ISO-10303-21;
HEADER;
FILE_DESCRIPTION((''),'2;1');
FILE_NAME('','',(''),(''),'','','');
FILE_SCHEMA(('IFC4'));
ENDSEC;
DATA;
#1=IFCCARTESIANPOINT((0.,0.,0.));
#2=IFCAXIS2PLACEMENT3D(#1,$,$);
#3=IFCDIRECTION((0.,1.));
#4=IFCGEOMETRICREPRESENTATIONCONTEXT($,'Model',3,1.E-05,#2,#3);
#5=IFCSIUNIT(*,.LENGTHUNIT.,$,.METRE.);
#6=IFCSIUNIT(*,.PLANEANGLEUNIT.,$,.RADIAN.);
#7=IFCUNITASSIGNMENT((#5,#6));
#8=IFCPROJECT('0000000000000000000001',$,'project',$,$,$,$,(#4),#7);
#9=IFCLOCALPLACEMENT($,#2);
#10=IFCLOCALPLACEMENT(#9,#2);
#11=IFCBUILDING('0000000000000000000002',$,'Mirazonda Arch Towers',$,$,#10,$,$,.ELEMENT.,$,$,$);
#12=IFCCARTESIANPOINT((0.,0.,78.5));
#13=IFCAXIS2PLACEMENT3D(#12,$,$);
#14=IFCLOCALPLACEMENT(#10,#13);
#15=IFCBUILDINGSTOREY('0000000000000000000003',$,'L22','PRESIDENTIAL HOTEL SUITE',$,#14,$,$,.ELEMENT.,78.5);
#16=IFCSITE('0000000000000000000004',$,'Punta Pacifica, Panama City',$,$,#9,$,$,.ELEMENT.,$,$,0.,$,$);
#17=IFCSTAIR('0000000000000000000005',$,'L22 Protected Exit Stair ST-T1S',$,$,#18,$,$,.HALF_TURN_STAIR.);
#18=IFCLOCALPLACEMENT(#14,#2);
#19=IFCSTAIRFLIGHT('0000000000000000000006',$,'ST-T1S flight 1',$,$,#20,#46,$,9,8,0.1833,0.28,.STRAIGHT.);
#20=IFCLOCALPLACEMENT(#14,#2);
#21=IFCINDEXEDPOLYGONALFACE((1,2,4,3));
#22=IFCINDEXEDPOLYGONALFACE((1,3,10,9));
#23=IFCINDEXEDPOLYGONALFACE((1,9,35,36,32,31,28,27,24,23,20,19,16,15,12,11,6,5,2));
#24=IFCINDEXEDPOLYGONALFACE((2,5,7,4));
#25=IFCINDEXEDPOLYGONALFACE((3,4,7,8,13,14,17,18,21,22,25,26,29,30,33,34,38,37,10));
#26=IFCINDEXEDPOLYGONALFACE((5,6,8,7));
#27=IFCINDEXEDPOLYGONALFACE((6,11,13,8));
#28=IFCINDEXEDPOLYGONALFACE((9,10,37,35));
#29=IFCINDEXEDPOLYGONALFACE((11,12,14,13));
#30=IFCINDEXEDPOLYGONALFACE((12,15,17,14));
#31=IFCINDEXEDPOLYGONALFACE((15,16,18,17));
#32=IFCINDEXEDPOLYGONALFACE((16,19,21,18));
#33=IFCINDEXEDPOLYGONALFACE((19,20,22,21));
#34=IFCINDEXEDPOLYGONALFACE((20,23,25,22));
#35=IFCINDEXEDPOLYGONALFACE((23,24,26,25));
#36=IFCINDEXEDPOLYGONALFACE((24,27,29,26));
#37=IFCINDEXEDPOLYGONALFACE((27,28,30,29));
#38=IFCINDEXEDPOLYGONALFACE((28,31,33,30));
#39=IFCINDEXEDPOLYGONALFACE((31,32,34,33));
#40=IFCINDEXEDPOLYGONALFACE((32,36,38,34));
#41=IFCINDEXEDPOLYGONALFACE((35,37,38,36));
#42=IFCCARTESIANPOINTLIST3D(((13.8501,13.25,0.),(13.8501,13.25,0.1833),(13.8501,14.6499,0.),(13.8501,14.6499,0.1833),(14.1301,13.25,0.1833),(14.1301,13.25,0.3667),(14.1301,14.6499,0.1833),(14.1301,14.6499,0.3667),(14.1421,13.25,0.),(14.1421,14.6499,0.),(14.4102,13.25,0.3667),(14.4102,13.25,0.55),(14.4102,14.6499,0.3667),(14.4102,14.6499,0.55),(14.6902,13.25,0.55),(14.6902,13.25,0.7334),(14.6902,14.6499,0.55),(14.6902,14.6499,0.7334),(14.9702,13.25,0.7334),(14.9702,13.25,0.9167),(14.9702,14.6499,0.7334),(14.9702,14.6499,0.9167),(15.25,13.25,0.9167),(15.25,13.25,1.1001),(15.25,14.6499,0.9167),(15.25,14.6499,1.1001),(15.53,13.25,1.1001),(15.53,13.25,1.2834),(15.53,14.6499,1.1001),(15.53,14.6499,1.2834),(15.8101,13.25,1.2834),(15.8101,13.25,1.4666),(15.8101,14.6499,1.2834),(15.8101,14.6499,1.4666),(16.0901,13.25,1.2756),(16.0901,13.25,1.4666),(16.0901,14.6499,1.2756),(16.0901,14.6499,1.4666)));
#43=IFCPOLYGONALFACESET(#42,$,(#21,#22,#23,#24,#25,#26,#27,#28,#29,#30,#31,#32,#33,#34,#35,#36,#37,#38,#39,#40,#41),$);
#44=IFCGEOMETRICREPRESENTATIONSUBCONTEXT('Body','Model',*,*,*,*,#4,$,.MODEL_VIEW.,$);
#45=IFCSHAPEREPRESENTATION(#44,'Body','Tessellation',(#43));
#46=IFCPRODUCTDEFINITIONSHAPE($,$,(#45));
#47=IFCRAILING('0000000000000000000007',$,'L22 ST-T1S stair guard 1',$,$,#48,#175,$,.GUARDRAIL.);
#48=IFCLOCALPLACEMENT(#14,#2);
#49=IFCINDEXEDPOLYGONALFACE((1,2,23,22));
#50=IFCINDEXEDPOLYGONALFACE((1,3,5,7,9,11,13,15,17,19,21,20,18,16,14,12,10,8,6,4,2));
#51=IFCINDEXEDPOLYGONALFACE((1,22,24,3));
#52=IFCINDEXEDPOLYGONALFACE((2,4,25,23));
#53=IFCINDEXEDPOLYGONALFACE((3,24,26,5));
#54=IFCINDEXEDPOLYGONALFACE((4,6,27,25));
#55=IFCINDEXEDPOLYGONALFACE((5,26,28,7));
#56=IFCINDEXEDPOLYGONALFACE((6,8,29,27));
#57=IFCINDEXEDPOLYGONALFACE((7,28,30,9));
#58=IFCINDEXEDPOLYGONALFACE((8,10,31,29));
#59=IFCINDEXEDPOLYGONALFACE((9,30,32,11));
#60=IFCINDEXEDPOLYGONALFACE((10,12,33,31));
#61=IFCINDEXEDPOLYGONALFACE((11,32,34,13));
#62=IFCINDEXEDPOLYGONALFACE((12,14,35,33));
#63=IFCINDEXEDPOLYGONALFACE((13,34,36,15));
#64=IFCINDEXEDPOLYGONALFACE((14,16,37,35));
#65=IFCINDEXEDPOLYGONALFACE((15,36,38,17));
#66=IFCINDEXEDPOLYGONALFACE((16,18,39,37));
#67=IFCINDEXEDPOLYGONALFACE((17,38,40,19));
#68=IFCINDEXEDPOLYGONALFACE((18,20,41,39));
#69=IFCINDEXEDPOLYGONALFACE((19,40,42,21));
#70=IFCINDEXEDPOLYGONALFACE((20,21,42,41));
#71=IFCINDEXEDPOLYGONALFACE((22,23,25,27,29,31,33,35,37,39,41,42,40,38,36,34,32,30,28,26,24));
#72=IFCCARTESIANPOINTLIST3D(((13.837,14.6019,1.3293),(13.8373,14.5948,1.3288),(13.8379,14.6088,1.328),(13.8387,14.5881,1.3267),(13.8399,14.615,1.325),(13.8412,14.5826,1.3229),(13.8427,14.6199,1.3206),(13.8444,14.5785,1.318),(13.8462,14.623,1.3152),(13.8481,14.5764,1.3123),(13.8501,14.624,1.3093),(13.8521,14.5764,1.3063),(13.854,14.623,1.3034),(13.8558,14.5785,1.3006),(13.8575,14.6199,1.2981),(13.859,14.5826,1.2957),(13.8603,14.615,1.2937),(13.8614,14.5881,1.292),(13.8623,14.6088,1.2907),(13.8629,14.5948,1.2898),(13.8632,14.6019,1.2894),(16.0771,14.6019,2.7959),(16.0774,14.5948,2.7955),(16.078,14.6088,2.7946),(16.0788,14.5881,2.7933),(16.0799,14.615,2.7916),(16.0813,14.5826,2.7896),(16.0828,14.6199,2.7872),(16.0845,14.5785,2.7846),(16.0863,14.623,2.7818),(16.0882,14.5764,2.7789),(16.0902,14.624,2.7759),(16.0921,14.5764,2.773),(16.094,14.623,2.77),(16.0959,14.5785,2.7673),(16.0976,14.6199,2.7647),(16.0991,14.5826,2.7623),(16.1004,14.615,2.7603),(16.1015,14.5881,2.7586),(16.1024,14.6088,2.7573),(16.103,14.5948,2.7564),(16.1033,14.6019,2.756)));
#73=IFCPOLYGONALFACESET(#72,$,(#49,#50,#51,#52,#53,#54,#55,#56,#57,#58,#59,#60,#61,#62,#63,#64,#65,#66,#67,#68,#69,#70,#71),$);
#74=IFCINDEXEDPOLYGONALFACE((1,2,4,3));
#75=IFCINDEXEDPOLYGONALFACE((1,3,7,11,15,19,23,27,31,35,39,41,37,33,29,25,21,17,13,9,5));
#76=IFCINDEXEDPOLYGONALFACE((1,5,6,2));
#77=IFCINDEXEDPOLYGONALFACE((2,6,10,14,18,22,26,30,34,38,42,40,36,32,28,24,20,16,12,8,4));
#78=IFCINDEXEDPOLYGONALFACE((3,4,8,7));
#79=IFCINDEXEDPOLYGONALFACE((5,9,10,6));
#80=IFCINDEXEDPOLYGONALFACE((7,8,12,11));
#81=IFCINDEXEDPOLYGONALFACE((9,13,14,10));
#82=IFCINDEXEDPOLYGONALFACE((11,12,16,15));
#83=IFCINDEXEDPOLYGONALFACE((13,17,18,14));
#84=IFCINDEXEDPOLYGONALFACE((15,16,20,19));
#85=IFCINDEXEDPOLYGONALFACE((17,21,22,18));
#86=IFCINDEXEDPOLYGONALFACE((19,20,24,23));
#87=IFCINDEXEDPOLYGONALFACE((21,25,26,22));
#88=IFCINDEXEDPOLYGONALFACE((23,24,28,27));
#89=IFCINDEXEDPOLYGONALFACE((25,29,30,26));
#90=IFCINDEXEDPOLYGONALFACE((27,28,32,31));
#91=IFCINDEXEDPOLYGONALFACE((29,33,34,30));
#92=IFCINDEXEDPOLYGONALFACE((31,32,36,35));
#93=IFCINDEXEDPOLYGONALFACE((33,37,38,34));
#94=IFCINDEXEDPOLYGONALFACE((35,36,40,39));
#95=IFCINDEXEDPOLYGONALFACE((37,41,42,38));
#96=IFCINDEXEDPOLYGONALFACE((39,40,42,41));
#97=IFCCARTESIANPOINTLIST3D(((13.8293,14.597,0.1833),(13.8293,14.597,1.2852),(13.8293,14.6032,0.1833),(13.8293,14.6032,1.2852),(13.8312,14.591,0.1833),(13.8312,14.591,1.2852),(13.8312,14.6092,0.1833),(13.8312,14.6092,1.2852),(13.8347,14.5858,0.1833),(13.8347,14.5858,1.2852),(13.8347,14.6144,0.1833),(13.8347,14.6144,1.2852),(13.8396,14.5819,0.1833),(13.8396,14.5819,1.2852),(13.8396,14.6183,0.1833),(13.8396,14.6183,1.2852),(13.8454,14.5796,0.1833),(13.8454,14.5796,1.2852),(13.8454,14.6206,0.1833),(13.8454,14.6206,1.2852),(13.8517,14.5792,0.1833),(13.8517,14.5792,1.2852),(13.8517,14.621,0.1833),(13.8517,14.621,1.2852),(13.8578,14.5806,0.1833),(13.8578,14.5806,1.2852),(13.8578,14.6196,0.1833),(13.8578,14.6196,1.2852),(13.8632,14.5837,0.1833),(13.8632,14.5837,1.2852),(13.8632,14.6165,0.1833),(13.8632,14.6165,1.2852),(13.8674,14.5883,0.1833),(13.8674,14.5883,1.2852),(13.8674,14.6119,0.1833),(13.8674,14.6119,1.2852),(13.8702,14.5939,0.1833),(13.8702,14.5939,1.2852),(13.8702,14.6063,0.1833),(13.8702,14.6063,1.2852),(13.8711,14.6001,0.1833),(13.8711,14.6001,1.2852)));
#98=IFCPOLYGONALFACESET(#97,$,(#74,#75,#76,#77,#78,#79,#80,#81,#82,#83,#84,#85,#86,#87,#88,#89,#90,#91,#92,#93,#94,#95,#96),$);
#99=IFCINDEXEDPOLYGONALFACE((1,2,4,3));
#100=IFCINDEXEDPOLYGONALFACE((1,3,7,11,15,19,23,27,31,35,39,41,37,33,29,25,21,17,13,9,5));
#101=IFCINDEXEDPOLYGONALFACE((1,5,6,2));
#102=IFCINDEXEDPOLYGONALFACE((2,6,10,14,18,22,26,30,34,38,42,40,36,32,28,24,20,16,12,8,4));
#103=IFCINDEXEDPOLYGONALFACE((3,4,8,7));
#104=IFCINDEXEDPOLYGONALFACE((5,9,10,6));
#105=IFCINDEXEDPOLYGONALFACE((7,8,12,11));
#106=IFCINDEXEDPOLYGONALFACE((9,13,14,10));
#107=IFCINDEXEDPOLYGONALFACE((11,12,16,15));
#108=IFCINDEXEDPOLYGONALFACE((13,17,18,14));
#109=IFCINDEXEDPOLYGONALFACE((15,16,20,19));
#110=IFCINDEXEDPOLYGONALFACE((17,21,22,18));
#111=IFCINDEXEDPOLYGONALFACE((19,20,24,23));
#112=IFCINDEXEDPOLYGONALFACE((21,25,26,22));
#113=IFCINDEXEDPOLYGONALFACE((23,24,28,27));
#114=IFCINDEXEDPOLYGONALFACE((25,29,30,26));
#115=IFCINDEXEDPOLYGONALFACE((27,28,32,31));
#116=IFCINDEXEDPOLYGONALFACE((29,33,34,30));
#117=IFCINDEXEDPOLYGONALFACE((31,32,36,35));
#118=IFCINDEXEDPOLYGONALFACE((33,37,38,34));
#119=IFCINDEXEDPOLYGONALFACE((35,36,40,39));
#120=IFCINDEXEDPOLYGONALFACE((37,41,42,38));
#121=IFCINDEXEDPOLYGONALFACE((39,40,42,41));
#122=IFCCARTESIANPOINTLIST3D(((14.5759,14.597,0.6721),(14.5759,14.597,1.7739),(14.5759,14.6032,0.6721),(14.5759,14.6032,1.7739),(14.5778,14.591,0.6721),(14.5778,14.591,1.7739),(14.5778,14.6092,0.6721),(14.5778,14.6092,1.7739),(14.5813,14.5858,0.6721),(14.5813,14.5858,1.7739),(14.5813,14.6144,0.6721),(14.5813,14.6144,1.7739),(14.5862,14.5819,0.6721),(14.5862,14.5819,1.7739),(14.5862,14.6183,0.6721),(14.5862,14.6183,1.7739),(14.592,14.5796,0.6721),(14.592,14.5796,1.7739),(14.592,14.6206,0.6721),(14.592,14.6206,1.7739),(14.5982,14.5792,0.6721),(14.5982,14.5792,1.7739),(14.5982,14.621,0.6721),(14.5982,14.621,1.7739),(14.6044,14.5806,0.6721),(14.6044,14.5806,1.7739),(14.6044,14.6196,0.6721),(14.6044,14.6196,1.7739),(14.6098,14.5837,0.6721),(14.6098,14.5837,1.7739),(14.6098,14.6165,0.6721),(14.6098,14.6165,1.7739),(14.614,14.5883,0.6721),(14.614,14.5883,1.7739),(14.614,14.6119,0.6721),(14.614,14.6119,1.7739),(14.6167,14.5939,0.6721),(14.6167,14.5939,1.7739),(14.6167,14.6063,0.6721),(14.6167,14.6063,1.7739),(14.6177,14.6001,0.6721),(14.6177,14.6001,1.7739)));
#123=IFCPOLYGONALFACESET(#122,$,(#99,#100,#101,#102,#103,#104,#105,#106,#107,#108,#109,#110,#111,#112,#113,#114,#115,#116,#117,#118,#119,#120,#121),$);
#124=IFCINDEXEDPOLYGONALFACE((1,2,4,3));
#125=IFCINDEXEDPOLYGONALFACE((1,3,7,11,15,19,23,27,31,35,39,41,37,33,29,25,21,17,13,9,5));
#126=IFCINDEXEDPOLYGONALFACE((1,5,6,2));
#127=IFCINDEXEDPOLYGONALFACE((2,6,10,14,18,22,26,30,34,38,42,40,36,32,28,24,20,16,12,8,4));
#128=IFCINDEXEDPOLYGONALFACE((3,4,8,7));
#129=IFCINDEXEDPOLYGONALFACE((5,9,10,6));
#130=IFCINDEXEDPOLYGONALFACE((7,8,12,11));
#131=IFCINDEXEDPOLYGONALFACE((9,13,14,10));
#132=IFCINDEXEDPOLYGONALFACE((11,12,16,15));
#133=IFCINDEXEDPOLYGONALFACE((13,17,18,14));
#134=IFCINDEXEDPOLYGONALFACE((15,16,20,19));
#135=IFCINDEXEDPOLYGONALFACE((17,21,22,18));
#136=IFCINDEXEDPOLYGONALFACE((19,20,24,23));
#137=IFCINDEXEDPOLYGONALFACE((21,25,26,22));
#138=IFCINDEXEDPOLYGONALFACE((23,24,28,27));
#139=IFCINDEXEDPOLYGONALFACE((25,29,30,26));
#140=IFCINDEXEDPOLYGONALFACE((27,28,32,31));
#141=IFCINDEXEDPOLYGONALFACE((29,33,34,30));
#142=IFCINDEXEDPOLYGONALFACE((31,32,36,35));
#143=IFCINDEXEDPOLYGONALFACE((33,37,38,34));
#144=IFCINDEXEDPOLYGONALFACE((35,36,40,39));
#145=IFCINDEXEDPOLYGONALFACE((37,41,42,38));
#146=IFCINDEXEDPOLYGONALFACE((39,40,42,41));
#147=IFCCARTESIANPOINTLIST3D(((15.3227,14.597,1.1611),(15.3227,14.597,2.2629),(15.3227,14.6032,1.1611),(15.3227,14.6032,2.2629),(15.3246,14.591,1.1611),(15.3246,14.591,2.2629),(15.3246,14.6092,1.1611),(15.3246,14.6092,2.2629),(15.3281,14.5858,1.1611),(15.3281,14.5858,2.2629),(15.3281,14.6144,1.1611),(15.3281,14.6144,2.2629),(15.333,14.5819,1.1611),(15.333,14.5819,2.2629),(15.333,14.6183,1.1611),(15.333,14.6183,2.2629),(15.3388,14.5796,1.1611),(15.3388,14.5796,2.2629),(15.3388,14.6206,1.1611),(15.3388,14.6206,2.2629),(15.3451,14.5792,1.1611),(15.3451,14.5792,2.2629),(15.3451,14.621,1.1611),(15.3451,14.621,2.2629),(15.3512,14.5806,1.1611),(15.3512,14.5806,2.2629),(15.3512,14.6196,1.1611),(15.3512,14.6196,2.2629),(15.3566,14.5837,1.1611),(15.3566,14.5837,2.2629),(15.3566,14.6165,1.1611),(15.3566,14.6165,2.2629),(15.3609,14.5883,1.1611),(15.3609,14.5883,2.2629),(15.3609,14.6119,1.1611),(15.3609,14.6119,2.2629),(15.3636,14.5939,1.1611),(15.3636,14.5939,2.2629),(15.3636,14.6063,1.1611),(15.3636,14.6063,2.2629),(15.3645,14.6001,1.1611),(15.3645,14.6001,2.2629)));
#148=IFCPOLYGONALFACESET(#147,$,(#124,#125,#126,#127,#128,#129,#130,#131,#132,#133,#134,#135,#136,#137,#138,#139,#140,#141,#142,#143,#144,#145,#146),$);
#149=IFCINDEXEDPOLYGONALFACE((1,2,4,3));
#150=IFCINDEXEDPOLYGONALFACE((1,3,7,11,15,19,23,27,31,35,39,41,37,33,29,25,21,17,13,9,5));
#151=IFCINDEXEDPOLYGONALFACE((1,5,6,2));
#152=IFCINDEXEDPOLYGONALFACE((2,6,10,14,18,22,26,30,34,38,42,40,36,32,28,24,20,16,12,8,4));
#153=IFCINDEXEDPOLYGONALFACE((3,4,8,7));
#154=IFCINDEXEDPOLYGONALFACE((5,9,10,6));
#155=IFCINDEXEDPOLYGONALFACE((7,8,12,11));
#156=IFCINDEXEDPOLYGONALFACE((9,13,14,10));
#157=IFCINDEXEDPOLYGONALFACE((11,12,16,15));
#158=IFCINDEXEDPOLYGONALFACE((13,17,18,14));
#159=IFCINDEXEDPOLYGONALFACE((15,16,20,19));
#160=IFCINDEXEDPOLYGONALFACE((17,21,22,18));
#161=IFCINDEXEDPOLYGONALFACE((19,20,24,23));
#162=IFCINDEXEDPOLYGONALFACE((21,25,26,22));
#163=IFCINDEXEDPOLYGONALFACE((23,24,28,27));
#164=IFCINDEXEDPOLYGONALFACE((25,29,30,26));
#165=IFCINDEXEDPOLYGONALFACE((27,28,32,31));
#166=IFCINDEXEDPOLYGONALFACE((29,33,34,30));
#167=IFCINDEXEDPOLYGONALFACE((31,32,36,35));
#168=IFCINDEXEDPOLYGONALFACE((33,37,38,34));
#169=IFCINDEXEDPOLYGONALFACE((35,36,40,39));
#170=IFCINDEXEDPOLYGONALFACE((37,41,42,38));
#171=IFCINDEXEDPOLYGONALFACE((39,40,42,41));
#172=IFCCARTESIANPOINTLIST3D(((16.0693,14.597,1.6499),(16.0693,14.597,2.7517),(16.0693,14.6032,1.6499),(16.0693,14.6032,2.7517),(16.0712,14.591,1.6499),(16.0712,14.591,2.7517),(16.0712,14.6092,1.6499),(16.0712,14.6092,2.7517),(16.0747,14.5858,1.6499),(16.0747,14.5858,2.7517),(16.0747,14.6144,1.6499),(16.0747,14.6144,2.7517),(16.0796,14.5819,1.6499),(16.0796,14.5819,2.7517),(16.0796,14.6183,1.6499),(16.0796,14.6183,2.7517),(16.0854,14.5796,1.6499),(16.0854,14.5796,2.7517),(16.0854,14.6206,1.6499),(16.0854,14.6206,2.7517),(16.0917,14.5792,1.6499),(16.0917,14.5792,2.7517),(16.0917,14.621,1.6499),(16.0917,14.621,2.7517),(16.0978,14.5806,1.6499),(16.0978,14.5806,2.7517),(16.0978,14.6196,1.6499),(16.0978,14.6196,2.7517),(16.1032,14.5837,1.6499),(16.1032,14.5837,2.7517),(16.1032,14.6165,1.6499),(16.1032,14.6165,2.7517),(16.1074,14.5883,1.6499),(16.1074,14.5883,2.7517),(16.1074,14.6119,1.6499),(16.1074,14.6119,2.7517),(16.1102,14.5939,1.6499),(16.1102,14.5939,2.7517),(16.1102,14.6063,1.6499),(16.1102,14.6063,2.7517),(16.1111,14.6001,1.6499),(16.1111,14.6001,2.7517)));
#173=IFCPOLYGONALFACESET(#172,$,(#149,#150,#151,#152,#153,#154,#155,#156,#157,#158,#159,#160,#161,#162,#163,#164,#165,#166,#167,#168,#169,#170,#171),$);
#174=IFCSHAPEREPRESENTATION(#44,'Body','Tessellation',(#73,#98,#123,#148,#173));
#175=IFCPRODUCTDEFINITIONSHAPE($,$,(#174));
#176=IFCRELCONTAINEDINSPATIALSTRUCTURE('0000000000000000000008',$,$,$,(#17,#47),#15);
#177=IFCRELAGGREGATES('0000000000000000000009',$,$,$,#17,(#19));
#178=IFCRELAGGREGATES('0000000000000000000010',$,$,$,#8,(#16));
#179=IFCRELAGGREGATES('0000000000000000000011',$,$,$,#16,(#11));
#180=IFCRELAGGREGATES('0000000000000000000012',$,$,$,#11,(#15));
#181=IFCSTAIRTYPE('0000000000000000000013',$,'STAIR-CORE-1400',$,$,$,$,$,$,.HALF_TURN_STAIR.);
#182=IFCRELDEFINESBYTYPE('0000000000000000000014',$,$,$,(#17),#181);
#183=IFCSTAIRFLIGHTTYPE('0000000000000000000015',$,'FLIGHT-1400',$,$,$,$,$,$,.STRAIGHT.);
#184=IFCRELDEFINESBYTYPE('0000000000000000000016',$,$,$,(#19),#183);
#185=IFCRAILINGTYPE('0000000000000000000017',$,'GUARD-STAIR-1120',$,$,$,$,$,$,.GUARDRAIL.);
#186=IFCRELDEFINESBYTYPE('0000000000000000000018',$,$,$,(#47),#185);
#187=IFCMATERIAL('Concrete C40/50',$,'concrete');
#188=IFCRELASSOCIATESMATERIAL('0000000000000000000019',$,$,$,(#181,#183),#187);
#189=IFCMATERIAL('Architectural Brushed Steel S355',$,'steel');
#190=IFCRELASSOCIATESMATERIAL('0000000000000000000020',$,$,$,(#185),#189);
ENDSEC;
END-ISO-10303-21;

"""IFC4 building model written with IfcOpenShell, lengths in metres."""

from ifc_helpers import new_model, si_unit, direction, frame, origin, origin_2d, place, context, subcontext, project, spatial, polyline, circle, outline, extrude, material, type_object, element, aggregate, save


model = new_model("IFC4")

# Units and contexts
model_context = context("Model", 3, precision=1e-05, world=origin(), true_north=direction((0.0, 1.0)))
body_context = subcontext(model_context, "Body", "Model", "MODEL_VIEW")
ifc_project = project(units=[si_unit("LENGTHUNIT", "METRE"), si_unit("PLANEANGLEUNIT", "RADIAN")], contexts=[model_context])

# Site, building, storey
site_placement = place(None, origin())
site = spatial("IfcSite", under=ifc_project, at=site_placement, Name="Punta Pacifica, Panama City", CompositionType="ELEMENT", RefElevation=0.0)
building_placement = place(site_placement, origin())
building = spatial("IfcBuilding", under=site, at=building_placement, Name="Mirazonda Arch Towers", CompositionType="ELEMENT")
storey_placement = place(building_placement, frame((0.0, 0.0, 78.5)))
storey = spatial("IfcBuildingStorey", under=building, at=storey_placement, Name="L22", Description="PRESIDENTIAL HOTEL SUITE", CompositionType="ELEMENT", Elevation=78.5)

# Stair
ifc_material_1 = material(Name="Concrete C40/50", Category="concrete")
stair_type = type_object("IfcStairType", Name="STAIR-CORE-1400", PredefinedType="HALF_TURN_STAIR", material=ifc_material_1)
stair_1_placement = place(storey_placement, origin())
stair_1 = element("IfcStair", 1, at=stair_1_placement, inside=storey, type_object=stair_type, Name="L22 Protected Exit Stair ST-T1S", PredefinedType="HALF_TURN_STAIR")

# Shared definitions
ifc_material_2 = material(Name="Architectural Brushed Steel S355", Category="steel")

# Stair flight
stair_flight_type = type_object("IfcStairFlightType", Name="FLIGHT-1400", PredefinedType="STRAIGHT", material=ifc_material_1)
stair_flight_placement = place(storey_placement, frame((13.8501, 13.95, 0.0), z_axis=(0.0, 0.0, 1.0), x_axis=(1.0, 0.0, 0.0)))
stair_flight = element("IfcStairFlight", 2, at=stair_flight_placement, type_object=stair_flight_type, Name="ST-T1S flight 1", NumberOfRisers=9, NumberOfTreads=8, PredefinedType="STRAIGHT", RiserHeight=0.1833, TreadLength=0.28, context=body_context, shape_type="SweptSolid", body=[
    extrude(outline(polyline([(0.0, 0.0), (0.0, 0.1833), (0.28, 0.1833), (0.28, 0.3667), (0.5601, 0.3667), (0.5601, 0.55), (0.8401, 0.55), (0.8401, 0.7334), (1.1201, 0.7334), (1.1201, 0.9167), (1.3999, 0.9167), (1.3999, 1.1001), (1.6799, 1.1001), (1.6799, 1.2834), (1.96, 1.2834), (1.96, 1.4666), (2.24, 1.4666), (2.24, 1.6499), (2.24, 1.2756), (0.292, 0.0), (0.0, 0.0)])), frame((0.0, 0.7, 0.0), z_axis=(0.0, -1.0, 0.0), x_axis=(1.0, 0.0, 0.0)), (0.0, 0.0, 1.0), 1.3999),
])
aggregate(stair_1, [stair_flight])

# Railing
railing_type_1 = type_object("IfcRailingType", Name="GUARD-STAIR-1120", PredefinedType="GUARDRAIL", material=ifc_material_2)
railing_1_placement = place(storey_placement, frame((13.8501, 14.6001, 0.1833)))
element("IfcRailing", 3, at=railing_1_placement, inside=storey, type_object=railing_type_1, Name="L22 ST-T1S stair guard 1", PredefinedType="GUARDRAIL", context=body_context, shape_type="SweptSolid", body=[
    extrude(circle(Radius=0.0239, at=origin_2d()), frame((0.0, 0.0, 1.126), z_axis=(0.836637, 0.0, 0.547758), x_axis=(0.0, 1.0, 0.0)), (0.0, 0.0, 1.0), 2.6775),
    extrude(circle(Radius=0.021, at=origin_2d()), origin(), (0.0, 0.0, 1.0), 1.1018),
    extrude(circle(Radius=0.021, at=origin_2d()), frame((0.7466, 0.0, 0.4888)), (0.0, 0.0, 1.0), 1.1018),
    extrude(circle(Radius=0.021, at=origin_2d()), frame((1.4934, 0.0, 0.9778)), (0.0, 0.0, 1.0), 1.1018),
    extrude(circle(Radius=0.021, at=origin_2d()), frame((2.24, 0.0, 1.4666)), (0.0, 0.0, 1.0), 1.1018),
])

save(model, "model.ifc")
